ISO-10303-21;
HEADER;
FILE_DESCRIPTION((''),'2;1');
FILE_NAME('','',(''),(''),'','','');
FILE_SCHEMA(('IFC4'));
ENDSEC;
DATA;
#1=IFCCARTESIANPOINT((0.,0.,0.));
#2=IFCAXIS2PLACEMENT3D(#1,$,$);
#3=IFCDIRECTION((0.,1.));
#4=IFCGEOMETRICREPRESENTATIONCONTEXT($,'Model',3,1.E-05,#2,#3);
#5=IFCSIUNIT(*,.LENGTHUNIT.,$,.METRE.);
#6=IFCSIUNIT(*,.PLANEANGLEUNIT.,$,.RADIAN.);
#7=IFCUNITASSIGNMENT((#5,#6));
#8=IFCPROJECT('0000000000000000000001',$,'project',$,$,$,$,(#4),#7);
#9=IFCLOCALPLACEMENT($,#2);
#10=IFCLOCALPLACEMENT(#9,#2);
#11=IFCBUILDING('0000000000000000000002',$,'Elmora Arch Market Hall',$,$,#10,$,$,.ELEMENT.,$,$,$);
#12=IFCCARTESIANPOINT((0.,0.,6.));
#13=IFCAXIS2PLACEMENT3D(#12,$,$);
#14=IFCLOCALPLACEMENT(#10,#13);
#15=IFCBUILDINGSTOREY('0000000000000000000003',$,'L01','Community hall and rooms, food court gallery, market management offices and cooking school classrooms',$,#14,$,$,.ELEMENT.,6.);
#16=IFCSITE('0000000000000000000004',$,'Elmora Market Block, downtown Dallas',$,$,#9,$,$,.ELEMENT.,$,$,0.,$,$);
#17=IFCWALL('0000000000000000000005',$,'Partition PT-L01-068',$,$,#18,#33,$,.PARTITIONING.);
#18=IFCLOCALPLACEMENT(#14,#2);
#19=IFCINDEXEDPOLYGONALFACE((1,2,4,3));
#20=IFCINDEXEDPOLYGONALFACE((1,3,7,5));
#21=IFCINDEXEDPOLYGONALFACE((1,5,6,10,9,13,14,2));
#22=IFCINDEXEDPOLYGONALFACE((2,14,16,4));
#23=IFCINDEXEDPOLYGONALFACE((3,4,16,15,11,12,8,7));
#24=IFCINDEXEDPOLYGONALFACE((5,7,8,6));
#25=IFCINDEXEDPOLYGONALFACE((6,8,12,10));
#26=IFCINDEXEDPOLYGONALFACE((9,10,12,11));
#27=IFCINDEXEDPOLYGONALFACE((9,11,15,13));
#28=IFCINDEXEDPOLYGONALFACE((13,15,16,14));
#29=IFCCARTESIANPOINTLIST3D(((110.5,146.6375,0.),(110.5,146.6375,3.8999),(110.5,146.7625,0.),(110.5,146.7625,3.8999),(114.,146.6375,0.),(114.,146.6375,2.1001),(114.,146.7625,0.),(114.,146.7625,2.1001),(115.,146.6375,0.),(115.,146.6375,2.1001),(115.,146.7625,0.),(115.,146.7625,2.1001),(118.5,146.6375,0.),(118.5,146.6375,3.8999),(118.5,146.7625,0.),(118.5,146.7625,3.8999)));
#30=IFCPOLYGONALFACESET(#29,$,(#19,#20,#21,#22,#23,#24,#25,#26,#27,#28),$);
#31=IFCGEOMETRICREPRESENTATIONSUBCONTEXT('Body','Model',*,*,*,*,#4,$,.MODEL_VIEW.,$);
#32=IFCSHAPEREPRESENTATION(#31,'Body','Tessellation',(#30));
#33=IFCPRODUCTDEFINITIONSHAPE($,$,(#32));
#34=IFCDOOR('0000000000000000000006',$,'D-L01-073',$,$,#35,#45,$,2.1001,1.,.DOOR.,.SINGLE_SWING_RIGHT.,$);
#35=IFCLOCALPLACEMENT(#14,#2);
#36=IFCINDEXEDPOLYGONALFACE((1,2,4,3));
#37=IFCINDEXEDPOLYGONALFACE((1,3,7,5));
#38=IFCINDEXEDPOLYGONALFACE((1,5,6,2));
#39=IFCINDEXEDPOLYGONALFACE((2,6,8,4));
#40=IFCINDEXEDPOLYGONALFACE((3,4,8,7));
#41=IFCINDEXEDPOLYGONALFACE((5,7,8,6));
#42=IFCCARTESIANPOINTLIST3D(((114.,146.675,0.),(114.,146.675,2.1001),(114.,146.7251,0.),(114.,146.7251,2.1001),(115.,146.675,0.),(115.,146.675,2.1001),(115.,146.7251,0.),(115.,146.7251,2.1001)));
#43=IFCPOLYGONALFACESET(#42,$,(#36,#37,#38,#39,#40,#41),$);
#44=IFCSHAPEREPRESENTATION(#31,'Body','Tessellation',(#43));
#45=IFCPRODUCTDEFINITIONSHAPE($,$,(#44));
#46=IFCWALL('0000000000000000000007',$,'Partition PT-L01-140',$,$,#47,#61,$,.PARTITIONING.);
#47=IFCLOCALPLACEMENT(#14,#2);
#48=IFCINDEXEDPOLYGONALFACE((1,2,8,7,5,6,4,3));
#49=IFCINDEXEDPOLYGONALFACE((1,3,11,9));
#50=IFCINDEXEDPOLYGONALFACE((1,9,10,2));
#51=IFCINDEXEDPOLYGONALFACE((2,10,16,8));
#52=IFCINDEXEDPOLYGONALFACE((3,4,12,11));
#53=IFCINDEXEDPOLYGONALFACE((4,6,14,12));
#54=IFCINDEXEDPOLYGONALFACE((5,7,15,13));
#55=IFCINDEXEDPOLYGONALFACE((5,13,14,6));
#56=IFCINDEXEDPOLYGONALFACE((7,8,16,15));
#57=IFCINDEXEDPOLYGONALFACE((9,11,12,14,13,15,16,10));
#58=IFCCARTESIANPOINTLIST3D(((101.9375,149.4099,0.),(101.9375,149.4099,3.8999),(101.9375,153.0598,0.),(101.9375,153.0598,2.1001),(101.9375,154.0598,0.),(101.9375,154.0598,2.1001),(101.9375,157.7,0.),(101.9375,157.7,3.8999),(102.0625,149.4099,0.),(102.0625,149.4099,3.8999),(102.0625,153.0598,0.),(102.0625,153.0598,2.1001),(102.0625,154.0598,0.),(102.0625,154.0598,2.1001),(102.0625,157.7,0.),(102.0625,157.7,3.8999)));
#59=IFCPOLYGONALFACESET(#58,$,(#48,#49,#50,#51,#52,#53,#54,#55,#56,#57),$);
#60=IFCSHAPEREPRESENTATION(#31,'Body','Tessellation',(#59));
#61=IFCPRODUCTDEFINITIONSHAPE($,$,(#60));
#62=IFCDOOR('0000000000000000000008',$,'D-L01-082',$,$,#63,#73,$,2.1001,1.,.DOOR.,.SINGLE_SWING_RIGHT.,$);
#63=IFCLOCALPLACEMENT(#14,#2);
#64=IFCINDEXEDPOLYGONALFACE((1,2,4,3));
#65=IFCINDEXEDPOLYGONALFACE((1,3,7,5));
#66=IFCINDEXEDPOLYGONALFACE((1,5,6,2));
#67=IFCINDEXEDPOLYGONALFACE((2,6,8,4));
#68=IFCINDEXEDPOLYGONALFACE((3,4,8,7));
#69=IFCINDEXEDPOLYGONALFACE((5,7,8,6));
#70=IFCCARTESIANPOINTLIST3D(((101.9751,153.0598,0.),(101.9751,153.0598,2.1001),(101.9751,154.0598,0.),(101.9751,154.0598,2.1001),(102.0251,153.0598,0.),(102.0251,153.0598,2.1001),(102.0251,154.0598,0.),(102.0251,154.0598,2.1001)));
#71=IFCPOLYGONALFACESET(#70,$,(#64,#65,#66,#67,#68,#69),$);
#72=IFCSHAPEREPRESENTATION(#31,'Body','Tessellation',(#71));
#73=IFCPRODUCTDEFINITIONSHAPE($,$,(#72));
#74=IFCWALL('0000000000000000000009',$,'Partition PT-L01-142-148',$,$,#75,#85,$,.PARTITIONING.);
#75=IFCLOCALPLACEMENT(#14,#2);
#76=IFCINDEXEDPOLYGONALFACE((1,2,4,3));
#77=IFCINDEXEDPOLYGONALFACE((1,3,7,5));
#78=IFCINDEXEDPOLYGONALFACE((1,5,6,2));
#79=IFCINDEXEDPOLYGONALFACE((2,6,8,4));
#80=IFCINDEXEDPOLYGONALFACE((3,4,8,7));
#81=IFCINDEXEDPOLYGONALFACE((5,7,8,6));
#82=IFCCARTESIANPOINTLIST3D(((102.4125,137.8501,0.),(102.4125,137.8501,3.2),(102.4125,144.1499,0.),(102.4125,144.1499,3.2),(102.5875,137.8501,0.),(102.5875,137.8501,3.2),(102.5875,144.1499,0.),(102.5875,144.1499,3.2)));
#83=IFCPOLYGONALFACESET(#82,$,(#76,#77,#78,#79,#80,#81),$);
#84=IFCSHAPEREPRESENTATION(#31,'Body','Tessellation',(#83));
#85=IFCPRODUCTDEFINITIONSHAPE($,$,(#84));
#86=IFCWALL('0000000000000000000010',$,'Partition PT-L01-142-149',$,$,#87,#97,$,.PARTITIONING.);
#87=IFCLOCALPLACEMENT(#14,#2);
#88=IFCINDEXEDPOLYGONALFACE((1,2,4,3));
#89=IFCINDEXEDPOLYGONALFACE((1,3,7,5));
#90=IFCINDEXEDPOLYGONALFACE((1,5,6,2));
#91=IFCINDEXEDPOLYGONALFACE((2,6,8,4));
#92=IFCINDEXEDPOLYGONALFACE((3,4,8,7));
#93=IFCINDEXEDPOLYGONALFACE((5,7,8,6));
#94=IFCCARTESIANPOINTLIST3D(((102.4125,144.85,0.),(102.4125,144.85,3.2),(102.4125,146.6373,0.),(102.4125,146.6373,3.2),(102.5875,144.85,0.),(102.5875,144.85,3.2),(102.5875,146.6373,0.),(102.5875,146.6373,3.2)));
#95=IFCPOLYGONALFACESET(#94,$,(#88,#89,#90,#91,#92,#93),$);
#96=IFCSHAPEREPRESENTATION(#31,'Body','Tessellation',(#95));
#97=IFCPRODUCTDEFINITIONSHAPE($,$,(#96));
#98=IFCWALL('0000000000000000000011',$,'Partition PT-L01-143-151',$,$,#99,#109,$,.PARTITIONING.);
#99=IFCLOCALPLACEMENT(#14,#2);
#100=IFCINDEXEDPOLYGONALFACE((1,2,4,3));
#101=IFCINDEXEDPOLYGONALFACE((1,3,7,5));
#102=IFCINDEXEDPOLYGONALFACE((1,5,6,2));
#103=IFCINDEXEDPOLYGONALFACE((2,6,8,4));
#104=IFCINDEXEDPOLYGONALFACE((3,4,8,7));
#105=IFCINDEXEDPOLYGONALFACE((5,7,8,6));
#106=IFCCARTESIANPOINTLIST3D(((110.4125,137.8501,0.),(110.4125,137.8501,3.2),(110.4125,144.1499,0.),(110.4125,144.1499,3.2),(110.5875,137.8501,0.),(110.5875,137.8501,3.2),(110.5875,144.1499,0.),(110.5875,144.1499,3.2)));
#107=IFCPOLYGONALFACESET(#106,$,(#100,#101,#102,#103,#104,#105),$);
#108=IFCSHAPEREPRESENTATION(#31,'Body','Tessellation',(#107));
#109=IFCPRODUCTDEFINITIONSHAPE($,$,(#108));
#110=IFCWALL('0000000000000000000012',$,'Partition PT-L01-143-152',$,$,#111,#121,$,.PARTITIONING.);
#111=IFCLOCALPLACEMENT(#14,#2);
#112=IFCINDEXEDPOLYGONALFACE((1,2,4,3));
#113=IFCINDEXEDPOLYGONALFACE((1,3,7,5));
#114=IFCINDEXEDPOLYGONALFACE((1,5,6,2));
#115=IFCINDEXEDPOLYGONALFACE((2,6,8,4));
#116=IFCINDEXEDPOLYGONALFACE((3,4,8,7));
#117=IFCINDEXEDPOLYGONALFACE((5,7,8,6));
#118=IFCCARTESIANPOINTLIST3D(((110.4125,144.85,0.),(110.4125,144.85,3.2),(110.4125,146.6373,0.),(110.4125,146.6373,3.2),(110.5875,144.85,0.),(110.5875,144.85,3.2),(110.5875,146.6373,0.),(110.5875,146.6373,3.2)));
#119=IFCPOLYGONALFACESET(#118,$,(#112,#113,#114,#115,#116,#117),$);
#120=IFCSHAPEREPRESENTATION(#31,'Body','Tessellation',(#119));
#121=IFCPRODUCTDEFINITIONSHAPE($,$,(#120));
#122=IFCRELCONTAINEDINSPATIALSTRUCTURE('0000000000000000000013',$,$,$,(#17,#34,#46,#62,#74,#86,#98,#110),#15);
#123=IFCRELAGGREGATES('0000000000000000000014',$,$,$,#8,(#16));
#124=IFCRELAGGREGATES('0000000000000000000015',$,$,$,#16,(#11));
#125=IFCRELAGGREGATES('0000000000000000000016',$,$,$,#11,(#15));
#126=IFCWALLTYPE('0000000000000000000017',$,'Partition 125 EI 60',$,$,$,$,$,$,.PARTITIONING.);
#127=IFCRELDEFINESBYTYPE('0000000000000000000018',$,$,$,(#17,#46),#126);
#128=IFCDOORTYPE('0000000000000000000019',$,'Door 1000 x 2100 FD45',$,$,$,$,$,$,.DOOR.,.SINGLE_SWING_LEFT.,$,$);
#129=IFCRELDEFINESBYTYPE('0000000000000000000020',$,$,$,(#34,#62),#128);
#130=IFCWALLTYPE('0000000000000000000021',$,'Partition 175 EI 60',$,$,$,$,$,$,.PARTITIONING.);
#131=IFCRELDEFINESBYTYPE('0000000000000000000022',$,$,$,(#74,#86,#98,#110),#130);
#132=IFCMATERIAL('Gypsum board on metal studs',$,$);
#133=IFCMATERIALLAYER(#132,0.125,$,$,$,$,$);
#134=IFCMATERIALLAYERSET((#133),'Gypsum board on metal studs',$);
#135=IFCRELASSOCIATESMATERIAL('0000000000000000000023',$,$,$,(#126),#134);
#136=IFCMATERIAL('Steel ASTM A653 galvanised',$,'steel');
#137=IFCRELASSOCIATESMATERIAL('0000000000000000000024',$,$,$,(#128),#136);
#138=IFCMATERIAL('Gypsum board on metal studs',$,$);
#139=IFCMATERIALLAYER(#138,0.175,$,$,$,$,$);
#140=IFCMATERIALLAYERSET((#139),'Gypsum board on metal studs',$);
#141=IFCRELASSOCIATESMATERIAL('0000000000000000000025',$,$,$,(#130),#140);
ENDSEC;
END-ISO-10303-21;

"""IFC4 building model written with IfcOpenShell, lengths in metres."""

from ifc_helpers import new_model, si_unit, direction, frame, frame_2d, origin, place, context, subcontext, project, spatial, rectangle, extrude, material, layer, layer_set, type_object, element, fill, save


model = new_model("IFC4")

# Units and contexts
model_context = context("Model", 3, precision=1e-05, world=origin(), true_north=direction((0.0, 1.0)))
body_context = subcontext(model_context, "Body", "Model", "MODEL_VIEW")
ifc_project = project(units=[si_unit("LENGTHUNIT", "METRE"), si_unit("PLANEANGLEUNIT", "RADIAN")], contexts=[model_context])

# Site, building, storey
site_placement = place(None, origin())
site = spatial("IfcSite", under=ifc_project, at=site_placement, Name="Elmora Market Block, downtown Dallas", CompositionType="ELEMENT", RefElevation=0.0)
building_placement = place(site_placement, origin())
building = spatial("IfcBuilding", under=site, at=building_placement, Name="Elmora Arch Market Hall", CompositionType="ELEMENT")
storey_placement = place(building_placement, frame((0.0, 0.0, 6.0)))
storey = spatial("IfcBuildingStorey", under=building, at=storey_placement, Name="L01", Description="Community hall and rooms, food court gallery, market management offices and cooking school classrooms", CompositionType="ELEMENT", Elevation=6.0)

# Walls, openings, doors
ifc_material_1 = material(Name="Gypsum board on metal studs")
ifc_layer_1 = layer(ifc_material_1, 0.125)
ifc_layer_set_1 = layer_set([ifc_layer_1], Name="Gypsum board on metal studs")
wall_type_1 = type_object("IfcWallType", Name="Partition 125 EI 60", PredefinedType="PARTITIONING", material=ifc_layer_set_1)
ifc_material_2 = material(Name="Steel ASTM A653 galvanised", Category="steel")
door_type_1 = type_object("IfcDoorType", Name="Door 1000 x 2100 FD45", OperationType="SINGLE_SWING_LEFT", PredefinedType="DOOR", material=ifc_material_2)
wall_1_placement = place(storey_placement, frame((110.5, 146.7, 0.0), z_axis=(0.0, 0.0, 1.0), x_axis=(1.0, 0.0, 0.0)))
wall_1 = element("IfcWall", 1, at=wall_1_placement, inside=storey, type_object=wall_type_1, Name="Partition PT-L01-068", PredefinedType="PARTITIONING", context=body_context, shape_type="SweptSolid", body=[
    extrude(rectangle(XDim=8.0, YDim=0.125, at=frame_2d((4.0, 0.0))), origin(), (0.0, 0.0, 1.0), 3.8999),
])
opening_1_placement = place(wall_1_placement, frame((3.5, 0.0, 0.0)))
opening_1 = element("IfcOpeningElement", 2, at=opening_1_placement, cuts=wall_1, PredefinedType="OPENING", context=body_context, shape_type="SweptSolid", body=[
    extrude(rectangle(XDim=1.0, YDim=2.1001, at=frame_2d((0.5, 1.05))), frame((0.0, 0.0725, 0.0), z_axis=(0.0, -1.0, 0.0), x_axis=(1.0, 0.0, 0.0)), (0.0, 0.0, 1.0), 0.145),
])
door_1_placement = place(opening_1_placement, frame((1.0, 0.0, 0.0), z_axis=(0.0, 0.0, 1.0), x_axis=(-1.0, 0.0, 0.0)))
door_1 = element("IfcDoor", 3, at=door_1_placement, inside=storey, type_object=door_type_1, Name="D-L01-073", OperationType="SINGLE_SWING_RIGHT", OverallHeight=2.1001, OverallWidth=1.0, PredefinedType="DOOR", context=body_context, shape_type="SweptSolid", body=[
    extrude(rectangle(XDim=1.0, YDim=2.1001, at=frame_2d((0.5, 1.05))), frame((0.0, 0.0249, 0.0), z_axis=(0.0, -1.0, 0.0), x_axis=(1.0, 0.0, 0.0)), (0.0, 0.0, 1.0), 0.05),
])
fill(opening_1, door_1)
wall_2_placement = place(storey_placement, frame((102.0, 149.4099, 0.0), z_axis=(0.0, 0.0, 1.0), x_axis=(0.0, 1.0, 0.0)))
wall_2 = element("IfcWall", 4, at=wall_2_placement, inside=storey, type_object=wall_type_1, Name="Partition PT-L01-140", PredefinedType="PARTITIONING", context=body_context, shape_type="SweptSolid", body=[
    extrude(rectangle(XDim=8.29, YDim=0.125, at=frame_2d((4.145, 0.0))), origin(), (0.0, 0.0, 1.0), 3.8999),
])
opening_2_placement = place(wall_2_placement, frame((3.6499, 0.0, 0.0)))
opening_2 = element("IfcOpeningElement", 5, at=opening_2_placement, cuts=wall_2, PredefinedType="OPENING", context=body_context, shape_type="SweptSolid", body=[
    extrude(rectangle(XDim=1.0, YDim=2.1001, at=frame_2d((0.5, 1.05))), frame((0.0, 0.0725, 0.0), z_axis=(0.0, -1.0, 0.0), x_axis=(1.0, 0.0, 0.0)), (0.0, 0.0, 1.0), 0.145),
])
door_2_placement = place(opening_2_placement, origin())
door_2 = element("IfcDoor", 6, at=door_2_placement, inside=storey, type_object=door_type_1, Name="D-L01-082", OperationType="SINGLE_SWING_RIGHT", OverallHeight=2.1001, OverallWidth=1.0, PredefinedType="DOOR", context=body_context, shape_type="SweptSolid", body=[
    extrude(rectangle(XDim=1.0, YDim=2.1001, at=frame_2d((0.5, 1.05))), frame((0.0, 0.0249, 0.0), z_axis=(0.0, -1.0, 0.0), x_axis=(1.0, 0.0, 0.0)), (0.0, 0.0, 1.0), 0.05),
])
fill(opening_2, door_2)

# Walls
ifc_material_3 = material(Name="Gypsum board on metal studs")
ifc_layer_2 = layer(ifc_material_3, 0.175)
ifc_layer_set_2 = layer_set([ifc_layer_2], Name="Gypsum board on metal studs")
wall_type_2 = type_object("IfcWallType", Name="Partition 175 EI 60", PredefinedType="PARTITIONING", material=ifc_layer_set_2)
wall_3_placement = place(storey_placement, frame((102.5, 137.8501, 0.0), z_axis=(0.0, 0.0, 1.0), x_axis=(0.0, 1.0, 0.0)))
element("IfcWall", 7, at=wall_3_placement, inside=storey, type_object=wall_type_2, Name="Partition PT-L01-142-148", PredefinedType="PARTITIONING", context=body_context, shape_type="SweptSolid", body=[
    extrude(rectangle(XDim=6.2998, YDim=0.175, at=frame_2d((3.1499, 0.0))), origin(), (0.0, 0.0, 1.0), 3.2),
])
wall_4_placement = place(storey_placement, frame((102.5, 144.8501, 0.0), z_axis=(0.0, 0.0, 1.0), x_axis=(0.0, 1.0, 0.0)))
element("IfcWall", 8, at=wall_4_placement, inside=storey, type_object=wall_type_2, Name="Partition PT-L01-142-149", PredefinedType="PARTITIONING", context=body_context, shape_type="SweptSolid", body=[
    extrude(rectangle(XDim=1.7874, YDim=0.175, at=frame_2d((0.8936, 0.0))), origin(), (0.0, 0.0, 1.0), 3.2),
])
wall_5_placement = place(storey_placement, frame((110.5, 137.8501, 0.0), z_axis=(0.0, 0.0, 1.0), x_axis=(0.0, 1.0, 0.0)))
element("IfcWall", 9, at=wall_5_placement, inside=storey, type_object=wall_type_2, Name="Partition PT-L01-143-151", PredefinedType="PARTITIONING", context=body_context, shape_type="SweptSolid", body=[
    extrude(rectangle(XDim=6.2998, YDim=0.175, at=frame_2d((3.1499, 0.0))), origin(), (0.0, 0.0, 1.0), 3.2),
])
wall_6_placement = place(storey_placement, frame((110.5, 144.8501, 0.0), z_axis=(0.0, 0.0, 1.0), x_axis=(0.0, 1.0, 0.0)))
element("IfcWall", 10, at=wall_6_placement, inside=storey, type_object=wall_type_2, Name="Partition PT-L01-143-152", PredefinedType="PARTITIONING", context=body_context, shape_type="SweptSolid", body=[
    extrude(rectangle(XDim=1.7874, YDim=0.175, at=frame_2d((0.8936, 0.0))), origin(), (0.0, 0.0, 1.0), 3.2),
])

save(model, "model.ifc")
